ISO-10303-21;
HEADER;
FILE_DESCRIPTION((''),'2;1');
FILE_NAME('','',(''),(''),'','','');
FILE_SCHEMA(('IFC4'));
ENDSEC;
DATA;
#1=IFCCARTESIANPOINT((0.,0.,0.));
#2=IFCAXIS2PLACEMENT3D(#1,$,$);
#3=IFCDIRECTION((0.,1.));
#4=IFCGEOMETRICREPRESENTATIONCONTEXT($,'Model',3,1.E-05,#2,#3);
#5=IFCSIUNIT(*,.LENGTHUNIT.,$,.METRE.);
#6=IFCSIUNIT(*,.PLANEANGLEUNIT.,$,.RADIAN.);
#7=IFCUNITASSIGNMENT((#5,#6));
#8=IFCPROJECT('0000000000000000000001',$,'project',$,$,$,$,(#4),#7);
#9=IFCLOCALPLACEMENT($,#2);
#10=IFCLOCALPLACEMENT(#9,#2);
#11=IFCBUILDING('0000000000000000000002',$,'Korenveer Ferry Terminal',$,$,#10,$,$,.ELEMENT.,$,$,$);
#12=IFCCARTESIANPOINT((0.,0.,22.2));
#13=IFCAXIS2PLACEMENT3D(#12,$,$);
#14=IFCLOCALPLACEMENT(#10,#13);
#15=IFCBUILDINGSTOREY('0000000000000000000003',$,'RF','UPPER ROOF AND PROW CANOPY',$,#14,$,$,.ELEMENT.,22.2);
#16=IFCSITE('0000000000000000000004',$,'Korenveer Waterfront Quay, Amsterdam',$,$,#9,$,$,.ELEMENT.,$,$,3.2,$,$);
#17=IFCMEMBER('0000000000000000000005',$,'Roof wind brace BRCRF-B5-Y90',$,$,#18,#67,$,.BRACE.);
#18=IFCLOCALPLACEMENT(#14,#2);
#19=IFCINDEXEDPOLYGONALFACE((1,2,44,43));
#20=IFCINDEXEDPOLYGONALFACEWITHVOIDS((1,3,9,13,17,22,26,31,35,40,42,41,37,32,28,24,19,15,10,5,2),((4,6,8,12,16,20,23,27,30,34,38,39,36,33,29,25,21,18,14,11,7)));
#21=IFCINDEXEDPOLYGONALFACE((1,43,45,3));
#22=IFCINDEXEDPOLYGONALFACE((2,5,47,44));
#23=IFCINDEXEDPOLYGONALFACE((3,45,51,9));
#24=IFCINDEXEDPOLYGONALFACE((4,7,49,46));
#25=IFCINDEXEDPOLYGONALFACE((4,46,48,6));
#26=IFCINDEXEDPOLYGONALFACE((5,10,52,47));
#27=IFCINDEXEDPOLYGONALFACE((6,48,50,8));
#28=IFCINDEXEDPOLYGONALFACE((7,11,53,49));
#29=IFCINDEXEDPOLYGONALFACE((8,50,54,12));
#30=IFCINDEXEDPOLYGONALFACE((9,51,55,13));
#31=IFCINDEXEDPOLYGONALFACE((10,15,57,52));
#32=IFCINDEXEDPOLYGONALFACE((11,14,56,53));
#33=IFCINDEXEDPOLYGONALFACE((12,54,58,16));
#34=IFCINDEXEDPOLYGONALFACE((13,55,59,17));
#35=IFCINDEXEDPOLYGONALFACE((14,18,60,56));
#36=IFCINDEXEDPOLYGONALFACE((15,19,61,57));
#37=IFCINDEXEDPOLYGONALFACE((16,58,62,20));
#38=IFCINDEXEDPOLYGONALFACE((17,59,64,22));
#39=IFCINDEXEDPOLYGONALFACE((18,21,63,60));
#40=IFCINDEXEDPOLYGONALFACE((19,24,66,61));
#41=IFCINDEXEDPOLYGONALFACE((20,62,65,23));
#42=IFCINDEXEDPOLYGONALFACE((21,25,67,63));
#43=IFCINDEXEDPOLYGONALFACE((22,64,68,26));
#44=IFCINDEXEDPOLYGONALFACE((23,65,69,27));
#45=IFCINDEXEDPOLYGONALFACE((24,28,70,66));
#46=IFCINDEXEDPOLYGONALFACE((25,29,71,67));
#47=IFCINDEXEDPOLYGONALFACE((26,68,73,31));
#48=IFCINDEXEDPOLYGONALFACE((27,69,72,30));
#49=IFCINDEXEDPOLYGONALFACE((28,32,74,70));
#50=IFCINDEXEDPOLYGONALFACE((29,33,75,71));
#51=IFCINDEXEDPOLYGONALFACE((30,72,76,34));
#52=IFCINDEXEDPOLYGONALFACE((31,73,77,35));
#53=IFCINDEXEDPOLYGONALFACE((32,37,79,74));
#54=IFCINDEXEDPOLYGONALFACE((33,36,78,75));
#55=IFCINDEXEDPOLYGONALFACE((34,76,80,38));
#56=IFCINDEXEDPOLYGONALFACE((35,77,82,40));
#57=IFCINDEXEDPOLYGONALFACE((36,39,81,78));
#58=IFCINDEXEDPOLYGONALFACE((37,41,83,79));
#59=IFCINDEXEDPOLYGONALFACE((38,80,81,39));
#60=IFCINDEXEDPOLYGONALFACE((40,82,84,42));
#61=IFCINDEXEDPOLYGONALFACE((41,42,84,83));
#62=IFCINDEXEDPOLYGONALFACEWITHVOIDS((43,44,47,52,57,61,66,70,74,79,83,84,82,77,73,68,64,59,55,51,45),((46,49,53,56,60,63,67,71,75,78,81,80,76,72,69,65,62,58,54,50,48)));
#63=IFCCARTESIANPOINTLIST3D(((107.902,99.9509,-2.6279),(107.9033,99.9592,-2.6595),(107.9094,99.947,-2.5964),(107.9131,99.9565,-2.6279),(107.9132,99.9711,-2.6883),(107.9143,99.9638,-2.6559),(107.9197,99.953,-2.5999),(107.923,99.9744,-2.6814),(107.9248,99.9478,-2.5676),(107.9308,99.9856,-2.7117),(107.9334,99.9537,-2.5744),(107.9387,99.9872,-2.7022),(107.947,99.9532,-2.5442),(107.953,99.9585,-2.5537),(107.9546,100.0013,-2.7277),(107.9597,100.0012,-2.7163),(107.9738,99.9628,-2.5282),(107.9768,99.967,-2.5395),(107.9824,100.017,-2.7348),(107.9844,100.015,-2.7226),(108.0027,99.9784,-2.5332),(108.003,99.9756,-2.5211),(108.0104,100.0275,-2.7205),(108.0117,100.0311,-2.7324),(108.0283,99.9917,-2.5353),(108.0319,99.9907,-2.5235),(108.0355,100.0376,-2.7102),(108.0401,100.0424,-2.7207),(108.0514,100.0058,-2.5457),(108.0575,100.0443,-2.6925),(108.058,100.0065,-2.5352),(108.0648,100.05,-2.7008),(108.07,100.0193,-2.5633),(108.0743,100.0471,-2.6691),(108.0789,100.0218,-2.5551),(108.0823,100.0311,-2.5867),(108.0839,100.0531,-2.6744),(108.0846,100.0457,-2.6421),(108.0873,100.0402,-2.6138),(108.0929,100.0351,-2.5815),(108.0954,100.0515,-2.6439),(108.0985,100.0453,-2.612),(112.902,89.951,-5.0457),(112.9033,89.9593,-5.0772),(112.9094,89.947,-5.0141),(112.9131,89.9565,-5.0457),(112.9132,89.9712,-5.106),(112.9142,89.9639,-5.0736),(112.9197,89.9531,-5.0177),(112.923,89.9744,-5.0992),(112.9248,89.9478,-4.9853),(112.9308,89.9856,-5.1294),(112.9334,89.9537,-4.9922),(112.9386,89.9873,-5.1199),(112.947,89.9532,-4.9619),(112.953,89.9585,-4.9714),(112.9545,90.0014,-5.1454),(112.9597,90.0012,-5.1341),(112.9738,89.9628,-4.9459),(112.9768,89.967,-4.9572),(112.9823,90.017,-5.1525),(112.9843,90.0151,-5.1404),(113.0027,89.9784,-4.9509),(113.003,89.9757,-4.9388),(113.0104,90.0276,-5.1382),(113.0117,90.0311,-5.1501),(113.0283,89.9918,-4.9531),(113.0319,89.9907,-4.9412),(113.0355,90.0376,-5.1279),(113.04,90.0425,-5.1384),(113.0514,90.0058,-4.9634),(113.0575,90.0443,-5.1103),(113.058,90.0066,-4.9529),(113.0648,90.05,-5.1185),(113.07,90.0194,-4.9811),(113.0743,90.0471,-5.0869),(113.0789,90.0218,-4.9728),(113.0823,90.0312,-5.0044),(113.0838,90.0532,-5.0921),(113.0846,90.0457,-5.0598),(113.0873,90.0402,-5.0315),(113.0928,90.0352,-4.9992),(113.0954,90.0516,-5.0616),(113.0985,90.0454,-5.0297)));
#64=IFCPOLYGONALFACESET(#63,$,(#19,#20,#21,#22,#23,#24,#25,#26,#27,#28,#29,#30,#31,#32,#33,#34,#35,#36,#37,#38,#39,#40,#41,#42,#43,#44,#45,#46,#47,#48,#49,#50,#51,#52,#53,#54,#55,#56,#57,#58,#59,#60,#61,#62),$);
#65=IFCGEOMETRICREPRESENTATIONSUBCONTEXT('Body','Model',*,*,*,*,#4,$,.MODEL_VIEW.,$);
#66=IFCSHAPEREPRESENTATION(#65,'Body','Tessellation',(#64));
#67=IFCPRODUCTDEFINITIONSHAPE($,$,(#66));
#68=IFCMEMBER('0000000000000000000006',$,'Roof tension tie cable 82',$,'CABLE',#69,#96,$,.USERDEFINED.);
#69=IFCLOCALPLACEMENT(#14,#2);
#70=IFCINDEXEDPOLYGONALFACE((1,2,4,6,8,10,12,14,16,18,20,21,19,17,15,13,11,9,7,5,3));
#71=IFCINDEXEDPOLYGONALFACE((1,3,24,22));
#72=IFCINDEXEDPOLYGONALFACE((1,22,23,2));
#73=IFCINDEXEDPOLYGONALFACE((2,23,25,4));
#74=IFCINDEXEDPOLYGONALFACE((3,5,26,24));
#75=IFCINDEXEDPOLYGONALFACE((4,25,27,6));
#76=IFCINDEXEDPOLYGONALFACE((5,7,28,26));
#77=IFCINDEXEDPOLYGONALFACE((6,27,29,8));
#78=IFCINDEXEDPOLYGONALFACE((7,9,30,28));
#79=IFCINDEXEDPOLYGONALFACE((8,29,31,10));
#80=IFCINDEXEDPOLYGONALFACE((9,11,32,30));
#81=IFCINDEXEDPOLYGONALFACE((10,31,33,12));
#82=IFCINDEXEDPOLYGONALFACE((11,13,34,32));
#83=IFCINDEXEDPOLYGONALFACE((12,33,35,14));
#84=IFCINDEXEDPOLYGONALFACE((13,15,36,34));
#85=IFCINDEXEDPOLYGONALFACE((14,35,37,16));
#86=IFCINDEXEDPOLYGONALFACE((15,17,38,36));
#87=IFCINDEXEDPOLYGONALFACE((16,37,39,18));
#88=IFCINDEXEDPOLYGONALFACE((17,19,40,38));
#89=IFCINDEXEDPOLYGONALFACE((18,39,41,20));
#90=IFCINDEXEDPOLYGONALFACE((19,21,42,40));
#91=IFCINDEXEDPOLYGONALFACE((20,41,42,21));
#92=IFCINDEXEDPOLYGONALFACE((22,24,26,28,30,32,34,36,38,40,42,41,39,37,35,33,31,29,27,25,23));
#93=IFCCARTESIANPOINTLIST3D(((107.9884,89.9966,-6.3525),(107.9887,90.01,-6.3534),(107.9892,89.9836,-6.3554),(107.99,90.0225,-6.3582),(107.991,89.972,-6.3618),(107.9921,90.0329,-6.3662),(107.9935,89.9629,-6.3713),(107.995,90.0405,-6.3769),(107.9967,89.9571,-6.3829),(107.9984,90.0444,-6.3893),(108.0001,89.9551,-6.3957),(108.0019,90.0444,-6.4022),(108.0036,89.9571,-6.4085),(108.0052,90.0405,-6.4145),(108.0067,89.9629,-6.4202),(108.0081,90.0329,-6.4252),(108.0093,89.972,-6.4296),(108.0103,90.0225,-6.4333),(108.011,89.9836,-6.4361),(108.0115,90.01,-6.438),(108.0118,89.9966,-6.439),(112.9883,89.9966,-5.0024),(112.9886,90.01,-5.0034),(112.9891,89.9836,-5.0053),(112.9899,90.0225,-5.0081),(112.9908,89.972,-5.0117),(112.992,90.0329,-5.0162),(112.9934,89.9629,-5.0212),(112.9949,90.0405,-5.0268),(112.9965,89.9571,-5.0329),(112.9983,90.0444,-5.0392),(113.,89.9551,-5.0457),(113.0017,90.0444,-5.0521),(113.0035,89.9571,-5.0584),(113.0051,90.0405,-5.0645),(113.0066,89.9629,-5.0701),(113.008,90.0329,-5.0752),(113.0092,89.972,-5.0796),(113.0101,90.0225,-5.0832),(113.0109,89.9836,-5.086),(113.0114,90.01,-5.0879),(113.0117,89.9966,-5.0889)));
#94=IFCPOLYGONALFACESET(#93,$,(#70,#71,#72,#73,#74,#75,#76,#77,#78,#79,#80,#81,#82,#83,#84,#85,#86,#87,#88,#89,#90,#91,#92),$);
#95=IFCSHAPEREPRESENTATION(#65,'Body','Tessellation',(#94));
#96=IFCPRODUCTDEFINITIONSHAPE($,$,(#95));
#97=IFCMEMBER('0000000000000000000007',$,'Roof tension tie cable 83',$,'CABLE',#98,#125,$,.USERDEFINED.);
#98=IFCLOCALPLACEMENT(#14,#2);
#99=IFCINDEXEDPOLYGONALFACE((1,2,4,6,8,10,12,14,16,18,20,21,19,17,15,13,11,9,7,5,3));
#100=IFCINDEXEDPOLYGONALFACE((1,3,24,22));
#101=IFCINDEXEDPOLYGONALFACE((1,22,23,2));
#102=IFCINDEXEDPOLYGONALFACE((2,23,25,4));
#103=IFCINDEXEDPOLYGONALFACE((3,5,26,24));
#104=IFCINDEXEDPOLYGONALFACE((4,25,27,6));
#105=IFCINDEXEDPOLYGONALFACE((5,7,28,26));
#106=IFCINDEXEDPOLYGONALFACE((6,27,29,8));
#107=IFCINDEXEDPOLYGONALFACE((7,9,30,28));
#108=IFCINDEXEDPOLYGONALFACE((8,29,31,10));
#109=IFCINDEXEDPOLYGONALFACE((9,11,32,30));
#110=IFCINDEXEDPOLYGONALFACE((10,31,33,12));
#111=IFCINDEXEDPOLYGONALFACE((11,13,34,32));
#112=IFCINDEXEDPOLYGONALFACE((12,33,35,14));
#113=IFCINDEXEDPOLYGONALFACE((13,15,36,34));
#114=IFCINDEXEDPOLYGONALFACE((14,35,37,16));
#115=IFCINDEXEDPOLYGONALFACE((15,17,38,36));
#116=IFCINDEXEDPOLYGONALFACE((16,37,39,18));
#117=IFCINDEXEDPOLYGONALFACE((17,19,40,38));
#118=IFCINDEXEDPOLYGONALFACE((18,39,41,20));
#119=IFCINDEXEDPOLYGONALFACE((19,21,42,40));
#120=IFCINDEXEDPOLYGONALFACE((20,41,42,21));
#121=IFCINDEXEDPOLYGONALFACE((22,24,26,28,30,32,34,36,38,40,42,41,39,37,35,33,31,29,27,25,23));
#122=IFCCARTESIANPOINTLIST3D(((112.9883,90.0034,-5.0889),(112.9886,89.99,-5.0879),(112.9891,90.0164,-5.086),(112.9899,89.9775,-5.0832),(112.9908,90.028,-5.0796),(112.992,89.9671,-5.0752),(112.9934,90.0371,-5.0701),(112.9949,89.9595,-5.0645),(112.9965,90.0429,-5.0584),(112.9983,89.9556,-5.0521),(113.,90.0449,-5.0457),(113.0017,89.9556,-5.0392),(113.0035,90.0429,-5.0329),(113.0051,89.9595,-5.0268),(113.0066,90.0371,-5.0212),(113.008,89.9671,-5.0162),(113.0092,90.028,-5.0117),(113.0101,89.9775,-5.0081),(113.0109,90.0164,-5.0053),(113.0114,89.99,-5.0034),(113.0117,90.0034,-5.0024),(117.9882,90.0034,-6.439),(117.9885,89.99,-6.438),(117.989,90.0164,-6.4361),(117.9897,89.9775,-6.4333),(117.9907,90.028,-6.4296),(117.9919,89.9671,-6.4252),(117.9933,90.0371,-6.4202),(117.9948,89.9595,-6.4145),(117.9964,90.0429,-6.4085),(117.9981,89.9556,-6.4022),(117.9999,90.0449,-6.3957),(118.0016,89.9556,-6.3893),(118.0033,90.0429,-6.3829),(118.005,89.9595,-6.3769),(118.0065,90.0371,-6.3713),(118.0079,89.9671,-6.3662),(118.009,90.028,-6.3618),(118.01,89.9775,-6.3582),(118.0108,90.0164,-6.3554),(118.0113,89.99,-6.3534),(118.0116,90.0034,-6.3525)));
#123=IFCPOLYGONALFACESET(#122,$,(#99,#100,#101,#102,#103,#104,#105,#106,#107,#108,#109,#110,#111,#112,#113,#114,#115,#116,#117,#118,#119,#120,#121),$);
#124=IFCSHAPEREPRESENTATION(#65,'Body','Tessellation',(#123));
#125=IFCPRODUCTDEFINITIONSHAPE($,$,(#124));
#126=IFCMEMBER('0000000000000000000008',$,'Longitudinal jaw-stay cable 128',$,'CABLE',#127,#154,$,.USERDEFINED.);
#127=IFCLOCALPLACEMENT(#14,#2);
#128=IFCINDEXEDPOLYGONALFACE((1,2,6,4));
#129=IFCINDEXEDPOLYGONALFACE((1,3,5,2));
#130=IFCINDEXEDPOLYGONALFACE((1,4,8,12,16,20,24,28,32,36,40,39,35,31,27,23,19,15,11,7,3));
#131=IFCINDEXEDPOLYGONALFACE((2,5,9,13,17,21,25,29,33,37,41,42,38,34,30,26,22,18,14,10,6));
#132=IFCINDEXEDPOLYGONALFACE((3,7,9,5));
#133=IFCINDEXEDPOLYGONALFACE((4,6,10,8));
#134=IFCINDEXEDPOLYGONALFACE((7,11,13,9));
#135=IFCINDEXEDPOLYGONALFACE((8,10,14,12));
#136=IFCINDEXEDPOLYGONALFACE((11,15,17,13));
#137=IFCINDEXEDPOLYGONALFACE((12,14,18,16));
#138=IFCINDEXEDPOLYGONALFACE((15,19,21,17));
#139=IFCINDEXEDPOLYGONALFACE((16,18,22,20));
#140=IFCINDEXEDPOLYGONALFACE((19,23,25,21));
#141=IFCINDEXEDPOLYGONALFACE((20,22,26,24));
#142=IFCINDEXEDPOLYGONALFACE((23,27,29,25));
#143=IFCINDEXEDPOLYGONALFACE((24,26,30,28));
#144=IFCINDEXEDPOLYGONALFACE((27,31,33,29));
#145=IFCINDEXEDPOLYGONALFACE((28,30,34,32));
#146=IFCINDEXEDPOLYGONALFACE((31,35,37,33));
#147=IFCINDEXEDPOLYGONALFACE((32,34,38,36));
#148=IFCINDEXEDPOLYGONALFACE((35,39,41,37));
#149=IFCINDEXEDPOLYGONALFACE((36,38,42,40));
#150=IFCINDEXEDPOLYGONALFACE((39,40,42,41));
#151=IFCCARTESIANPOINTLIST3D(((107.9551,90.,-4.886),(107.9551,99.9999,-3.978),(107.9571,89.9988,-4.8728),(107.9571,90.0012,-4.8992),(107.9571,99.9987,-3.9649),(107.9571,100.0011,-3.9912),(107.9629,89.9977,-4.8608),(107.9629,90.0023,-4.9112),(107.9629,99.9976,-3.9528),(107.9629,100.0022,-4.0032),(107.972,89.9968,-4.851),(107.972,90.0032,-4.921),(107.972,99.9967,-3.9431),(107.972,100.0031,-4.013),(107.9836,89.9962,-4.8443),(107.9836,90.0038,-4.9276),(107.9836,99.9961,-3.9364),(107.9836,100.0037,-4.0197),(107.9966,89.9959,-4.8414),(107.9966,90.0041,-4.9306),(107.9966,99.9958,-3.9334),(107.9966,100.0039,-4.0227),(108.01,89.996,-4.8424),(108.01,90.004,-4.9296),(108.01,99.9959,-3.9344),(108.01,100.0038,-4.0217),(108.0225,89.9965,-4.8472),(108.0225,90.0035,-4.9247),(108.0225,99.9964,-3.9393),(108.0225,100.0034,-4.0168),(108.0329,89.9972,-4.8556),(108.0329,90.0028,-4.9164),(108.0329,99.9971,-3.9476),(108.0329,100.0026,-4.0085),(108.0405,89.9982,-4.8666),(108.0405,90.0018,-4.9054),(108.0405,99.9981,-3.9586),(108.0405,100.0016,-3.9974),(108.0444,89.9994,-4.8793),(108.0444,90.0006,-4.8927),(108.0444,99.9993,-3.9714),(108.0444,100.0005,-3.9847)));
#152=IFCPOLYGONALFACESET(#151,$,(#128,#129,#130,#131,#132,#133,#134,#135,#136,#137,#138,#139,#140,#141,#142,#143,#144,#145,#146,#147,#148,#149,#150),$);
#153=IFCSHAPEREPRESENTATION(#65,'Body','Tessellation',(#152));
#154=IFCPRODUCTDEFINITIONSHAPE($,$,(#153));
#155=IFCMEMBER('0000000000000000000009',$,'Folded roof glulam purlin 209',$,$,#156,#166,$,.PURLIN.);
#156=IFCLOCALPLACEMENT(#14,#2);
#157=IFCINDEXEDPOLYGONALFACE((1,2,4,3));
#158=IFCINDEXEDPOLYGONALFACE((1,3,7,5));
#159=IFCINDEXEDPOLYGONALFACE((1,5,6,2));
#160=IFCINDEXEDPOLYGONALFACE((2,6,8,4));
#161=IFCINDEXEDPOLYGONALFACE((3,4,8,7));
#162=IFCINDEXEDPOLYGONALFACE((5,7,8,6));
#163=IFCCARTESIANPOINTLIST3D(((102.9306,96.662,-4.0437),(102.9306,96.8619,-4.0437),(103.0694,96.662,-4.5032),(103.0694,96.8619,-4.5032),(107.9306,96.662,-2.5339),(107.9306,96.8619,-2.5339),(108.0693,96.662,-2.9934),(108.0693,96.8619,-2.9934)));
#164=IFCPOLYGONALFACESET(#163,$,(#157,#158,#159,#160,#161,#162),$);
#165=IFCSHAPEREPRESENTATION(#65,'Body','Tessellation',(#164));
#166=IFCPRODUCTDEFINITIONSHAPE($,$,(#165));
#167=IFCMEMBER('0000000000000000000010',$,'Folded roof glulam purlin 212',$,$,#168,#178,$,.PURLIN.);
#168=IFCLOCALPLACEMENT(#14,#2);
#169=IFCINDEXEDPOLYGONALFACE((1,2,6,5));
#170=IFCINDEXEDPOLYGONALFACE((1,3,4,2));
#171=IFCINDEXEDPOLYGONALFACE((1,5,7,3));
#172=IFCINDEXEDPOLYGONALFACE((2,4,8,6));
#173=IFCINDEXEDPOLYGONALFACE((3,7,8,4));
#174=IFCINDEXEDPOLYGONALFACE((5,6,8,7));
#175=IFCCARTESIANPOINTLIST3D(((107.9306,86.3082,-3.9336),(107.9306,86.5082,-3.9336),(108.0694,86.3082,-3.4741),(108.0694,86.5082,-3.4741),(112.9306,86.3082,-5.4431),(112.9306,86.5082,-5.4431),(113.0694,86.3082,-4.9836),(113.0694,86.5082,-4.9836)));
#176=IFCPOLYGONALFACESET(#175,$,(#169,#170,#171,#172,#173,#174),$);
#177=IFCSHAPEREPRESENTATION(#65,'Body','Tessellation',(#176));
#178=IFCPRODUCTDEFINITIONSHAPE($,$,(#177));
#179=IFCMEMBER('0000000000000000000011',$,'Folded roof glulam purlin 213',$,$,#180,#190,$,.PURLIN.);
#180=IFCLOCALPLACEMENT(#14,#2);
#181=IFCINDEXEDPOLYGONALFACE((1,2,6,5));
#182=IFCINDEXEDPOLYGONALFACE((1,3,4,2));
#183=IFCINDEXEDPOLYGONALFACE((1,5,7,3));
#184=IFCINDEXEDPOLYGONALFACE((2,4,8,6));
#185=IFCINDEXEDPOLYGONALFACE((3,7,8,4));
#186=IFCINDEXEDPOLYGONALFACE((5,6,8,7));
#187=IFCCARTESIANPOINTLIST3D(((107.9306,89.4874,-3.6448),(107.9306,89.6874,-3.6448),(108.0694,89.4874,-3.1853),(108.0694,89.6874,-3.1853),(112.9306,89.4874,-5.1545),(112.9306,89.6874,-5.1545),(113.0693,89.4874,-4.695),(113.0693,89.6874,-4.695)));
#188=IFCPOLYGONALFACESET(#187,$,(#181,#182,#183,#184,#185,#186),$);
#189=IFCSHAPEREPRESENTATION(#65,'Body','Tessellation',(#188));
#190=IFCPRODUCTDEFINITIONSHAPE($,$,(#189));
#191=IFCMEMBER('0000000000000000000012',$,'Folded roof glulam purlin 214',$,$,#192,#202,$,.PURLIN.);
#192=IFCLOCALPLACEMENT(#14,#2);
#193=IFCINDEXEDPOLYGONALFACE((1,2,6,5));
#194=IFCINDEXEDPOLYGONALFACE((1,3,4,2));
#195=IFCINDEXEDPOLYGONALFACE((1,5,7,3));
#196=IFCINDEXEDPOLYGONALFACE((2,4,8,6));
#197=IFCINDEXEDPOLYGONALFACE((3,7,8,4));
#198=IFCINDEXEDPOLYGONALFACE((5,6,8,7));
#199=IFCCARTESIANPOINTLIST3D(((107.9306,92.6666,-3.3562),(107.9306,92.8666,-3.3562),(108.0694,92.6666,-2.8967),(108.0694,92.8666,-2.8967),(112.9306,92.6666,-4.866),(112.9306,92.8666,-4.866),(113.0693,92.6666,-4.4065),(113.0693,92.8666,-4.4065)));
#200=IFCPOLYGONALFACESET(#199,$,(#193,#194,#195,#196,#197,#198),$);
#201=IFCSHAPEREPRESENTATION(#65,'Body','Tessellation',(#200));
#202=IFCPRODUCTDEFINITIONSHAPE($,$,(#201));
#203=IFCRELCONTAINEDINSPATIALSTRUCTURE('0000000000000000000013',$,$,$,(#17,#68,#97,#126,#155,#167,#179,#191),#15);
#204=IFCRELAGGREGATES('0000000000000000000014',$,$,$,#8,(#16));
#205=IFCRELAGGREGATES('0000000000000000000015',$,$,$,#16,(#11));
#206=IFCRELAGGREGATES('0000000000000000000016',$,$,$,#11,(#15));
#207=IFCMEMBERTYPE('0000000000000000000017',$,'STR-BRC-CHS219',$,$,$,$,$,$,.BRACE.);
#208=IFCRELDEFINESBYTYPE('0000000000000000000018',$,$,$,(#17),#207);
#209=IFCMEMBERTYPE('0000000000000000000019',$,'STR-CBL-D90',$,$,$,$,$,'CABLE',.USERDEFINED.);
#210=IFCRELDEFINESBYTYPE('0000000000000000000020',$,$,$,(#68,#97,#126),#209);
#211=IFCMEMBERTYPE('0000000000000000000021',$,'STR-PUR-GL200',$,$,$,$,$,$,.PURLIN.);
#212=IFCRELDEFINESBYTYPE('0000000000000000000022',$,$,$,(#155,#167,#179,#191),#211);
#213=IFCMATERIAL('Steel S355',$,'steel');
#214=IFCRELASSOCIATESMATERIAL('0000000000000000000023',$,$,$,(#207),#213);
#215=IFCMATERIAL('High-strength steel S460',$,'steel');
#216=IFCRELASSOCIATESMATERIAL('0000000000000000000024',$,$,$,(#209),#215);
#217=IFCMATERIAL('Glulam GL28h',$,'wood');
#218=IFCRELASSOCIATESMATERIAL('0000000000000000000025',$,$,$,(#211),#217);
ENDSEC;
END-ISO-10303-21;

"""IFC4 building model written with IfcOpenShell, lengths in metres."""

from ifc_helpers import new_model, si_unit, direction, frame, origin, origin_2d, place, context, subcontext, project, spatial, rectangle, circle, hollow_circle, extrude, material, material_profile, profile_set, type_object, element, save


model = new_model("IFC4")

# Units and contexts
model_context = context("Model", 3, precision=1e-05, world=origin(), true_north=direction((0.0, 1.0)))
body_context = subcontext(model_context, "Body", "Model", "MODEL_VIEW")
ifc_project = project(units=[si_unit("LENGTHUNIT", "METRE"), si_unit("PLANEANGLEUNIT", "RADIAN")], contexts=[model_context])

# Site, building, storey
site_placement = place(None, origin())
site = spatial("IfcSite", under=ifc_project, at=site_placement, Name="Korenveer Waterfront Quay, Amsterdam", CompositionType="ELEMENT", RefElevation=3.2)
building_placement = place(site_placement, origin())
building = spatial("IfcBuilding", under=site, at=building_placement, Name="Korenveer Ferry Terminal", CompositionType="ELEMENT")
storey_placement = place(building_placement, frame((0.0, 0.0, 22.2)))
storey = spatial("IfcBuildingStorey", under=building, at=storey_placement, Name="RF", Description="UPPER ROOF AND PROW CANOPY", CompositionType="ELEMENT", Elevation=22.2)

# Members
ifc_material_1 = material(Name="Steel S355", Category="steel")
ifc_material_profile_1 = material_profile(ifc_material_1, hollow_circle(Radius=0.1096, WallThickness=0.0125, at=origin_2d()), Name="CHS 219.1x12.5")
ifc_profile_set_1 = profile_set([ifc_material_profile_1], Name="Steel S355")
member_type_1 = type_object("IfcMemberType", Name="STR-BRC-CHS219", PredefinedType="BRACE", material=ifc_profile_set_1)
member_1_placement = place(storey_placement, frame((113.0, 90.0, -5.0457), z_axis=(-0.43711, 0.87422, 0.211362), x_axis=(-0.894427, -0.447214, 0.0)))
element("IfcMember", 1, at=member_1_placement, inside=storey, type_object=member_type_1, Name="Roof wind brace BRCRF-B5-Y90", PredefinedType="BRACE", context=body_context, shape_type="SweptSolid", body=[
    extrude(hollow_circle(Radius=0.1096, WallThickness=0.0125, at=origin_2d()), origin(), (0.0, 0.0, 1.0), 11.4387),
])
ifc_material_2 = material(Name="High-strength steel S460", Category="steel")
ifc_material_profile_2 = material_profile(ifc_material_2, circle(Radius=0.0449, at=origin_2d()), Name="ROD D90")
ifc_profile_set_2 = profile_set([ifc_material_profile_2], Name="High-strength steel S460")
member_type_2 = type_object("IfcMemberType", Name="STR-CBL-D90", ElementType="CABLE", PredefinedType="USERDEFINED", material=ifc_profile_set_2)
for number, where, z_axis, x_axis, name in (
    (2, (113.0, 90.0, -5.0457), (-0.965424, 0.0, -0.260683), (0.0, -1.0, 0.0), "Roof tension tie cable 82"),
    (3, (113.0, 90.0, -5.0457), (0.965424, 0.0, -0.260683), (0.0, 1.0, 0.0), "Roof tension tie cable 83"),
):
    element("IfcMember", number, at=place(storey_placement, frame(where, z_axis=z_axis, x_axis=x_axis)), inside=storey, type_object=member_type_2, Name=name, ObjectType="CABLE", PredefinedType="USERDEFINED", context=body_context, shape_type="SweptSolid", body=[
        extrude(circle(Radius=0.0449, at=origin_2d()), origin(), (0.0, 0.0, 1.0), 5.179),
    ])
member_2_placement = place(storey_placement, frame((108.0, 90.0, -4.886), z_axis=(0.0, 0.995903, 0.090424), x_axis=(-1.0, 0.0, 0.0)))
element("IfcMember", 4, at=member_2_placement, inside=storey, type_object=member_type_2, Name="Longitudinal jaw-stay cable 128", ObjectType="CABLE", PredefinedType="USERDEFINED", context=body_context, shape_type="SweptSolid", body=[
    extrude(circle(Radius=0.0449, at=origin_2d()), origin(), (0.0, 0.0, 1.0), 10.041),
])
ifc_material_3 = material(Name="Glulam GL28h", Category="wood")
ifc_material_profile_3 = material_profile(ifc_material_3, rectangle(XDim=0.2, YDim=0.48, at=origin_2d()), Name="GL 200x480")
ifc_profile_set_3 = profile_set([ifc_material_profile_3], Name="Glulam GL28h")
member_type_3 = type_object("IfcMemberType", Name="STR-PUR-GL200", PredefinedType="PURLIN", material=ifc_profile_set_3)
for number, where, z_axis, x_axis, name in (
    (5, (103.0, 96.762, -4.2734), (0.95731, 0.0, 0.289063), (0.0, 1.0, 0.0), "Folded roof glulam purlin 209"),
    (6, (108.0, 86.4082, -3.7039), (0.957323, 0.0, -0.28902), (0.0, 1.0, 0.0), "Folded roof glulam purlin 212"),
    (7, (108.0, 89.5874, -3.415), (0.95731, 0.0, -0.289063), (0.0, 1.0, 0.0), "Folded roof glulam purlin 213"),
    (8, (108.0, 92.7666, -3.1265), (0.95731, 0.0, -0.289063), (0.0, 1.0, 0.0), "Folded roof glulam purlin 214"),
):
    element("IfcMember", number, at=place(storey_placement, frame(where, z_axis=z_axis, x_axis=x_axis)), inside=storey, type_object=member_type_3, Name=name, PredefinedType="PURLIN", context=body_context, shape_type="SweptSolid", body=[
        extrude(rectangle(XDim=0.2, YDim=0.48, at=origin_2d()), origin(), (0.0, 0.0, 1.0), 5.2229),
    ])

save(model, "model.ifc")
